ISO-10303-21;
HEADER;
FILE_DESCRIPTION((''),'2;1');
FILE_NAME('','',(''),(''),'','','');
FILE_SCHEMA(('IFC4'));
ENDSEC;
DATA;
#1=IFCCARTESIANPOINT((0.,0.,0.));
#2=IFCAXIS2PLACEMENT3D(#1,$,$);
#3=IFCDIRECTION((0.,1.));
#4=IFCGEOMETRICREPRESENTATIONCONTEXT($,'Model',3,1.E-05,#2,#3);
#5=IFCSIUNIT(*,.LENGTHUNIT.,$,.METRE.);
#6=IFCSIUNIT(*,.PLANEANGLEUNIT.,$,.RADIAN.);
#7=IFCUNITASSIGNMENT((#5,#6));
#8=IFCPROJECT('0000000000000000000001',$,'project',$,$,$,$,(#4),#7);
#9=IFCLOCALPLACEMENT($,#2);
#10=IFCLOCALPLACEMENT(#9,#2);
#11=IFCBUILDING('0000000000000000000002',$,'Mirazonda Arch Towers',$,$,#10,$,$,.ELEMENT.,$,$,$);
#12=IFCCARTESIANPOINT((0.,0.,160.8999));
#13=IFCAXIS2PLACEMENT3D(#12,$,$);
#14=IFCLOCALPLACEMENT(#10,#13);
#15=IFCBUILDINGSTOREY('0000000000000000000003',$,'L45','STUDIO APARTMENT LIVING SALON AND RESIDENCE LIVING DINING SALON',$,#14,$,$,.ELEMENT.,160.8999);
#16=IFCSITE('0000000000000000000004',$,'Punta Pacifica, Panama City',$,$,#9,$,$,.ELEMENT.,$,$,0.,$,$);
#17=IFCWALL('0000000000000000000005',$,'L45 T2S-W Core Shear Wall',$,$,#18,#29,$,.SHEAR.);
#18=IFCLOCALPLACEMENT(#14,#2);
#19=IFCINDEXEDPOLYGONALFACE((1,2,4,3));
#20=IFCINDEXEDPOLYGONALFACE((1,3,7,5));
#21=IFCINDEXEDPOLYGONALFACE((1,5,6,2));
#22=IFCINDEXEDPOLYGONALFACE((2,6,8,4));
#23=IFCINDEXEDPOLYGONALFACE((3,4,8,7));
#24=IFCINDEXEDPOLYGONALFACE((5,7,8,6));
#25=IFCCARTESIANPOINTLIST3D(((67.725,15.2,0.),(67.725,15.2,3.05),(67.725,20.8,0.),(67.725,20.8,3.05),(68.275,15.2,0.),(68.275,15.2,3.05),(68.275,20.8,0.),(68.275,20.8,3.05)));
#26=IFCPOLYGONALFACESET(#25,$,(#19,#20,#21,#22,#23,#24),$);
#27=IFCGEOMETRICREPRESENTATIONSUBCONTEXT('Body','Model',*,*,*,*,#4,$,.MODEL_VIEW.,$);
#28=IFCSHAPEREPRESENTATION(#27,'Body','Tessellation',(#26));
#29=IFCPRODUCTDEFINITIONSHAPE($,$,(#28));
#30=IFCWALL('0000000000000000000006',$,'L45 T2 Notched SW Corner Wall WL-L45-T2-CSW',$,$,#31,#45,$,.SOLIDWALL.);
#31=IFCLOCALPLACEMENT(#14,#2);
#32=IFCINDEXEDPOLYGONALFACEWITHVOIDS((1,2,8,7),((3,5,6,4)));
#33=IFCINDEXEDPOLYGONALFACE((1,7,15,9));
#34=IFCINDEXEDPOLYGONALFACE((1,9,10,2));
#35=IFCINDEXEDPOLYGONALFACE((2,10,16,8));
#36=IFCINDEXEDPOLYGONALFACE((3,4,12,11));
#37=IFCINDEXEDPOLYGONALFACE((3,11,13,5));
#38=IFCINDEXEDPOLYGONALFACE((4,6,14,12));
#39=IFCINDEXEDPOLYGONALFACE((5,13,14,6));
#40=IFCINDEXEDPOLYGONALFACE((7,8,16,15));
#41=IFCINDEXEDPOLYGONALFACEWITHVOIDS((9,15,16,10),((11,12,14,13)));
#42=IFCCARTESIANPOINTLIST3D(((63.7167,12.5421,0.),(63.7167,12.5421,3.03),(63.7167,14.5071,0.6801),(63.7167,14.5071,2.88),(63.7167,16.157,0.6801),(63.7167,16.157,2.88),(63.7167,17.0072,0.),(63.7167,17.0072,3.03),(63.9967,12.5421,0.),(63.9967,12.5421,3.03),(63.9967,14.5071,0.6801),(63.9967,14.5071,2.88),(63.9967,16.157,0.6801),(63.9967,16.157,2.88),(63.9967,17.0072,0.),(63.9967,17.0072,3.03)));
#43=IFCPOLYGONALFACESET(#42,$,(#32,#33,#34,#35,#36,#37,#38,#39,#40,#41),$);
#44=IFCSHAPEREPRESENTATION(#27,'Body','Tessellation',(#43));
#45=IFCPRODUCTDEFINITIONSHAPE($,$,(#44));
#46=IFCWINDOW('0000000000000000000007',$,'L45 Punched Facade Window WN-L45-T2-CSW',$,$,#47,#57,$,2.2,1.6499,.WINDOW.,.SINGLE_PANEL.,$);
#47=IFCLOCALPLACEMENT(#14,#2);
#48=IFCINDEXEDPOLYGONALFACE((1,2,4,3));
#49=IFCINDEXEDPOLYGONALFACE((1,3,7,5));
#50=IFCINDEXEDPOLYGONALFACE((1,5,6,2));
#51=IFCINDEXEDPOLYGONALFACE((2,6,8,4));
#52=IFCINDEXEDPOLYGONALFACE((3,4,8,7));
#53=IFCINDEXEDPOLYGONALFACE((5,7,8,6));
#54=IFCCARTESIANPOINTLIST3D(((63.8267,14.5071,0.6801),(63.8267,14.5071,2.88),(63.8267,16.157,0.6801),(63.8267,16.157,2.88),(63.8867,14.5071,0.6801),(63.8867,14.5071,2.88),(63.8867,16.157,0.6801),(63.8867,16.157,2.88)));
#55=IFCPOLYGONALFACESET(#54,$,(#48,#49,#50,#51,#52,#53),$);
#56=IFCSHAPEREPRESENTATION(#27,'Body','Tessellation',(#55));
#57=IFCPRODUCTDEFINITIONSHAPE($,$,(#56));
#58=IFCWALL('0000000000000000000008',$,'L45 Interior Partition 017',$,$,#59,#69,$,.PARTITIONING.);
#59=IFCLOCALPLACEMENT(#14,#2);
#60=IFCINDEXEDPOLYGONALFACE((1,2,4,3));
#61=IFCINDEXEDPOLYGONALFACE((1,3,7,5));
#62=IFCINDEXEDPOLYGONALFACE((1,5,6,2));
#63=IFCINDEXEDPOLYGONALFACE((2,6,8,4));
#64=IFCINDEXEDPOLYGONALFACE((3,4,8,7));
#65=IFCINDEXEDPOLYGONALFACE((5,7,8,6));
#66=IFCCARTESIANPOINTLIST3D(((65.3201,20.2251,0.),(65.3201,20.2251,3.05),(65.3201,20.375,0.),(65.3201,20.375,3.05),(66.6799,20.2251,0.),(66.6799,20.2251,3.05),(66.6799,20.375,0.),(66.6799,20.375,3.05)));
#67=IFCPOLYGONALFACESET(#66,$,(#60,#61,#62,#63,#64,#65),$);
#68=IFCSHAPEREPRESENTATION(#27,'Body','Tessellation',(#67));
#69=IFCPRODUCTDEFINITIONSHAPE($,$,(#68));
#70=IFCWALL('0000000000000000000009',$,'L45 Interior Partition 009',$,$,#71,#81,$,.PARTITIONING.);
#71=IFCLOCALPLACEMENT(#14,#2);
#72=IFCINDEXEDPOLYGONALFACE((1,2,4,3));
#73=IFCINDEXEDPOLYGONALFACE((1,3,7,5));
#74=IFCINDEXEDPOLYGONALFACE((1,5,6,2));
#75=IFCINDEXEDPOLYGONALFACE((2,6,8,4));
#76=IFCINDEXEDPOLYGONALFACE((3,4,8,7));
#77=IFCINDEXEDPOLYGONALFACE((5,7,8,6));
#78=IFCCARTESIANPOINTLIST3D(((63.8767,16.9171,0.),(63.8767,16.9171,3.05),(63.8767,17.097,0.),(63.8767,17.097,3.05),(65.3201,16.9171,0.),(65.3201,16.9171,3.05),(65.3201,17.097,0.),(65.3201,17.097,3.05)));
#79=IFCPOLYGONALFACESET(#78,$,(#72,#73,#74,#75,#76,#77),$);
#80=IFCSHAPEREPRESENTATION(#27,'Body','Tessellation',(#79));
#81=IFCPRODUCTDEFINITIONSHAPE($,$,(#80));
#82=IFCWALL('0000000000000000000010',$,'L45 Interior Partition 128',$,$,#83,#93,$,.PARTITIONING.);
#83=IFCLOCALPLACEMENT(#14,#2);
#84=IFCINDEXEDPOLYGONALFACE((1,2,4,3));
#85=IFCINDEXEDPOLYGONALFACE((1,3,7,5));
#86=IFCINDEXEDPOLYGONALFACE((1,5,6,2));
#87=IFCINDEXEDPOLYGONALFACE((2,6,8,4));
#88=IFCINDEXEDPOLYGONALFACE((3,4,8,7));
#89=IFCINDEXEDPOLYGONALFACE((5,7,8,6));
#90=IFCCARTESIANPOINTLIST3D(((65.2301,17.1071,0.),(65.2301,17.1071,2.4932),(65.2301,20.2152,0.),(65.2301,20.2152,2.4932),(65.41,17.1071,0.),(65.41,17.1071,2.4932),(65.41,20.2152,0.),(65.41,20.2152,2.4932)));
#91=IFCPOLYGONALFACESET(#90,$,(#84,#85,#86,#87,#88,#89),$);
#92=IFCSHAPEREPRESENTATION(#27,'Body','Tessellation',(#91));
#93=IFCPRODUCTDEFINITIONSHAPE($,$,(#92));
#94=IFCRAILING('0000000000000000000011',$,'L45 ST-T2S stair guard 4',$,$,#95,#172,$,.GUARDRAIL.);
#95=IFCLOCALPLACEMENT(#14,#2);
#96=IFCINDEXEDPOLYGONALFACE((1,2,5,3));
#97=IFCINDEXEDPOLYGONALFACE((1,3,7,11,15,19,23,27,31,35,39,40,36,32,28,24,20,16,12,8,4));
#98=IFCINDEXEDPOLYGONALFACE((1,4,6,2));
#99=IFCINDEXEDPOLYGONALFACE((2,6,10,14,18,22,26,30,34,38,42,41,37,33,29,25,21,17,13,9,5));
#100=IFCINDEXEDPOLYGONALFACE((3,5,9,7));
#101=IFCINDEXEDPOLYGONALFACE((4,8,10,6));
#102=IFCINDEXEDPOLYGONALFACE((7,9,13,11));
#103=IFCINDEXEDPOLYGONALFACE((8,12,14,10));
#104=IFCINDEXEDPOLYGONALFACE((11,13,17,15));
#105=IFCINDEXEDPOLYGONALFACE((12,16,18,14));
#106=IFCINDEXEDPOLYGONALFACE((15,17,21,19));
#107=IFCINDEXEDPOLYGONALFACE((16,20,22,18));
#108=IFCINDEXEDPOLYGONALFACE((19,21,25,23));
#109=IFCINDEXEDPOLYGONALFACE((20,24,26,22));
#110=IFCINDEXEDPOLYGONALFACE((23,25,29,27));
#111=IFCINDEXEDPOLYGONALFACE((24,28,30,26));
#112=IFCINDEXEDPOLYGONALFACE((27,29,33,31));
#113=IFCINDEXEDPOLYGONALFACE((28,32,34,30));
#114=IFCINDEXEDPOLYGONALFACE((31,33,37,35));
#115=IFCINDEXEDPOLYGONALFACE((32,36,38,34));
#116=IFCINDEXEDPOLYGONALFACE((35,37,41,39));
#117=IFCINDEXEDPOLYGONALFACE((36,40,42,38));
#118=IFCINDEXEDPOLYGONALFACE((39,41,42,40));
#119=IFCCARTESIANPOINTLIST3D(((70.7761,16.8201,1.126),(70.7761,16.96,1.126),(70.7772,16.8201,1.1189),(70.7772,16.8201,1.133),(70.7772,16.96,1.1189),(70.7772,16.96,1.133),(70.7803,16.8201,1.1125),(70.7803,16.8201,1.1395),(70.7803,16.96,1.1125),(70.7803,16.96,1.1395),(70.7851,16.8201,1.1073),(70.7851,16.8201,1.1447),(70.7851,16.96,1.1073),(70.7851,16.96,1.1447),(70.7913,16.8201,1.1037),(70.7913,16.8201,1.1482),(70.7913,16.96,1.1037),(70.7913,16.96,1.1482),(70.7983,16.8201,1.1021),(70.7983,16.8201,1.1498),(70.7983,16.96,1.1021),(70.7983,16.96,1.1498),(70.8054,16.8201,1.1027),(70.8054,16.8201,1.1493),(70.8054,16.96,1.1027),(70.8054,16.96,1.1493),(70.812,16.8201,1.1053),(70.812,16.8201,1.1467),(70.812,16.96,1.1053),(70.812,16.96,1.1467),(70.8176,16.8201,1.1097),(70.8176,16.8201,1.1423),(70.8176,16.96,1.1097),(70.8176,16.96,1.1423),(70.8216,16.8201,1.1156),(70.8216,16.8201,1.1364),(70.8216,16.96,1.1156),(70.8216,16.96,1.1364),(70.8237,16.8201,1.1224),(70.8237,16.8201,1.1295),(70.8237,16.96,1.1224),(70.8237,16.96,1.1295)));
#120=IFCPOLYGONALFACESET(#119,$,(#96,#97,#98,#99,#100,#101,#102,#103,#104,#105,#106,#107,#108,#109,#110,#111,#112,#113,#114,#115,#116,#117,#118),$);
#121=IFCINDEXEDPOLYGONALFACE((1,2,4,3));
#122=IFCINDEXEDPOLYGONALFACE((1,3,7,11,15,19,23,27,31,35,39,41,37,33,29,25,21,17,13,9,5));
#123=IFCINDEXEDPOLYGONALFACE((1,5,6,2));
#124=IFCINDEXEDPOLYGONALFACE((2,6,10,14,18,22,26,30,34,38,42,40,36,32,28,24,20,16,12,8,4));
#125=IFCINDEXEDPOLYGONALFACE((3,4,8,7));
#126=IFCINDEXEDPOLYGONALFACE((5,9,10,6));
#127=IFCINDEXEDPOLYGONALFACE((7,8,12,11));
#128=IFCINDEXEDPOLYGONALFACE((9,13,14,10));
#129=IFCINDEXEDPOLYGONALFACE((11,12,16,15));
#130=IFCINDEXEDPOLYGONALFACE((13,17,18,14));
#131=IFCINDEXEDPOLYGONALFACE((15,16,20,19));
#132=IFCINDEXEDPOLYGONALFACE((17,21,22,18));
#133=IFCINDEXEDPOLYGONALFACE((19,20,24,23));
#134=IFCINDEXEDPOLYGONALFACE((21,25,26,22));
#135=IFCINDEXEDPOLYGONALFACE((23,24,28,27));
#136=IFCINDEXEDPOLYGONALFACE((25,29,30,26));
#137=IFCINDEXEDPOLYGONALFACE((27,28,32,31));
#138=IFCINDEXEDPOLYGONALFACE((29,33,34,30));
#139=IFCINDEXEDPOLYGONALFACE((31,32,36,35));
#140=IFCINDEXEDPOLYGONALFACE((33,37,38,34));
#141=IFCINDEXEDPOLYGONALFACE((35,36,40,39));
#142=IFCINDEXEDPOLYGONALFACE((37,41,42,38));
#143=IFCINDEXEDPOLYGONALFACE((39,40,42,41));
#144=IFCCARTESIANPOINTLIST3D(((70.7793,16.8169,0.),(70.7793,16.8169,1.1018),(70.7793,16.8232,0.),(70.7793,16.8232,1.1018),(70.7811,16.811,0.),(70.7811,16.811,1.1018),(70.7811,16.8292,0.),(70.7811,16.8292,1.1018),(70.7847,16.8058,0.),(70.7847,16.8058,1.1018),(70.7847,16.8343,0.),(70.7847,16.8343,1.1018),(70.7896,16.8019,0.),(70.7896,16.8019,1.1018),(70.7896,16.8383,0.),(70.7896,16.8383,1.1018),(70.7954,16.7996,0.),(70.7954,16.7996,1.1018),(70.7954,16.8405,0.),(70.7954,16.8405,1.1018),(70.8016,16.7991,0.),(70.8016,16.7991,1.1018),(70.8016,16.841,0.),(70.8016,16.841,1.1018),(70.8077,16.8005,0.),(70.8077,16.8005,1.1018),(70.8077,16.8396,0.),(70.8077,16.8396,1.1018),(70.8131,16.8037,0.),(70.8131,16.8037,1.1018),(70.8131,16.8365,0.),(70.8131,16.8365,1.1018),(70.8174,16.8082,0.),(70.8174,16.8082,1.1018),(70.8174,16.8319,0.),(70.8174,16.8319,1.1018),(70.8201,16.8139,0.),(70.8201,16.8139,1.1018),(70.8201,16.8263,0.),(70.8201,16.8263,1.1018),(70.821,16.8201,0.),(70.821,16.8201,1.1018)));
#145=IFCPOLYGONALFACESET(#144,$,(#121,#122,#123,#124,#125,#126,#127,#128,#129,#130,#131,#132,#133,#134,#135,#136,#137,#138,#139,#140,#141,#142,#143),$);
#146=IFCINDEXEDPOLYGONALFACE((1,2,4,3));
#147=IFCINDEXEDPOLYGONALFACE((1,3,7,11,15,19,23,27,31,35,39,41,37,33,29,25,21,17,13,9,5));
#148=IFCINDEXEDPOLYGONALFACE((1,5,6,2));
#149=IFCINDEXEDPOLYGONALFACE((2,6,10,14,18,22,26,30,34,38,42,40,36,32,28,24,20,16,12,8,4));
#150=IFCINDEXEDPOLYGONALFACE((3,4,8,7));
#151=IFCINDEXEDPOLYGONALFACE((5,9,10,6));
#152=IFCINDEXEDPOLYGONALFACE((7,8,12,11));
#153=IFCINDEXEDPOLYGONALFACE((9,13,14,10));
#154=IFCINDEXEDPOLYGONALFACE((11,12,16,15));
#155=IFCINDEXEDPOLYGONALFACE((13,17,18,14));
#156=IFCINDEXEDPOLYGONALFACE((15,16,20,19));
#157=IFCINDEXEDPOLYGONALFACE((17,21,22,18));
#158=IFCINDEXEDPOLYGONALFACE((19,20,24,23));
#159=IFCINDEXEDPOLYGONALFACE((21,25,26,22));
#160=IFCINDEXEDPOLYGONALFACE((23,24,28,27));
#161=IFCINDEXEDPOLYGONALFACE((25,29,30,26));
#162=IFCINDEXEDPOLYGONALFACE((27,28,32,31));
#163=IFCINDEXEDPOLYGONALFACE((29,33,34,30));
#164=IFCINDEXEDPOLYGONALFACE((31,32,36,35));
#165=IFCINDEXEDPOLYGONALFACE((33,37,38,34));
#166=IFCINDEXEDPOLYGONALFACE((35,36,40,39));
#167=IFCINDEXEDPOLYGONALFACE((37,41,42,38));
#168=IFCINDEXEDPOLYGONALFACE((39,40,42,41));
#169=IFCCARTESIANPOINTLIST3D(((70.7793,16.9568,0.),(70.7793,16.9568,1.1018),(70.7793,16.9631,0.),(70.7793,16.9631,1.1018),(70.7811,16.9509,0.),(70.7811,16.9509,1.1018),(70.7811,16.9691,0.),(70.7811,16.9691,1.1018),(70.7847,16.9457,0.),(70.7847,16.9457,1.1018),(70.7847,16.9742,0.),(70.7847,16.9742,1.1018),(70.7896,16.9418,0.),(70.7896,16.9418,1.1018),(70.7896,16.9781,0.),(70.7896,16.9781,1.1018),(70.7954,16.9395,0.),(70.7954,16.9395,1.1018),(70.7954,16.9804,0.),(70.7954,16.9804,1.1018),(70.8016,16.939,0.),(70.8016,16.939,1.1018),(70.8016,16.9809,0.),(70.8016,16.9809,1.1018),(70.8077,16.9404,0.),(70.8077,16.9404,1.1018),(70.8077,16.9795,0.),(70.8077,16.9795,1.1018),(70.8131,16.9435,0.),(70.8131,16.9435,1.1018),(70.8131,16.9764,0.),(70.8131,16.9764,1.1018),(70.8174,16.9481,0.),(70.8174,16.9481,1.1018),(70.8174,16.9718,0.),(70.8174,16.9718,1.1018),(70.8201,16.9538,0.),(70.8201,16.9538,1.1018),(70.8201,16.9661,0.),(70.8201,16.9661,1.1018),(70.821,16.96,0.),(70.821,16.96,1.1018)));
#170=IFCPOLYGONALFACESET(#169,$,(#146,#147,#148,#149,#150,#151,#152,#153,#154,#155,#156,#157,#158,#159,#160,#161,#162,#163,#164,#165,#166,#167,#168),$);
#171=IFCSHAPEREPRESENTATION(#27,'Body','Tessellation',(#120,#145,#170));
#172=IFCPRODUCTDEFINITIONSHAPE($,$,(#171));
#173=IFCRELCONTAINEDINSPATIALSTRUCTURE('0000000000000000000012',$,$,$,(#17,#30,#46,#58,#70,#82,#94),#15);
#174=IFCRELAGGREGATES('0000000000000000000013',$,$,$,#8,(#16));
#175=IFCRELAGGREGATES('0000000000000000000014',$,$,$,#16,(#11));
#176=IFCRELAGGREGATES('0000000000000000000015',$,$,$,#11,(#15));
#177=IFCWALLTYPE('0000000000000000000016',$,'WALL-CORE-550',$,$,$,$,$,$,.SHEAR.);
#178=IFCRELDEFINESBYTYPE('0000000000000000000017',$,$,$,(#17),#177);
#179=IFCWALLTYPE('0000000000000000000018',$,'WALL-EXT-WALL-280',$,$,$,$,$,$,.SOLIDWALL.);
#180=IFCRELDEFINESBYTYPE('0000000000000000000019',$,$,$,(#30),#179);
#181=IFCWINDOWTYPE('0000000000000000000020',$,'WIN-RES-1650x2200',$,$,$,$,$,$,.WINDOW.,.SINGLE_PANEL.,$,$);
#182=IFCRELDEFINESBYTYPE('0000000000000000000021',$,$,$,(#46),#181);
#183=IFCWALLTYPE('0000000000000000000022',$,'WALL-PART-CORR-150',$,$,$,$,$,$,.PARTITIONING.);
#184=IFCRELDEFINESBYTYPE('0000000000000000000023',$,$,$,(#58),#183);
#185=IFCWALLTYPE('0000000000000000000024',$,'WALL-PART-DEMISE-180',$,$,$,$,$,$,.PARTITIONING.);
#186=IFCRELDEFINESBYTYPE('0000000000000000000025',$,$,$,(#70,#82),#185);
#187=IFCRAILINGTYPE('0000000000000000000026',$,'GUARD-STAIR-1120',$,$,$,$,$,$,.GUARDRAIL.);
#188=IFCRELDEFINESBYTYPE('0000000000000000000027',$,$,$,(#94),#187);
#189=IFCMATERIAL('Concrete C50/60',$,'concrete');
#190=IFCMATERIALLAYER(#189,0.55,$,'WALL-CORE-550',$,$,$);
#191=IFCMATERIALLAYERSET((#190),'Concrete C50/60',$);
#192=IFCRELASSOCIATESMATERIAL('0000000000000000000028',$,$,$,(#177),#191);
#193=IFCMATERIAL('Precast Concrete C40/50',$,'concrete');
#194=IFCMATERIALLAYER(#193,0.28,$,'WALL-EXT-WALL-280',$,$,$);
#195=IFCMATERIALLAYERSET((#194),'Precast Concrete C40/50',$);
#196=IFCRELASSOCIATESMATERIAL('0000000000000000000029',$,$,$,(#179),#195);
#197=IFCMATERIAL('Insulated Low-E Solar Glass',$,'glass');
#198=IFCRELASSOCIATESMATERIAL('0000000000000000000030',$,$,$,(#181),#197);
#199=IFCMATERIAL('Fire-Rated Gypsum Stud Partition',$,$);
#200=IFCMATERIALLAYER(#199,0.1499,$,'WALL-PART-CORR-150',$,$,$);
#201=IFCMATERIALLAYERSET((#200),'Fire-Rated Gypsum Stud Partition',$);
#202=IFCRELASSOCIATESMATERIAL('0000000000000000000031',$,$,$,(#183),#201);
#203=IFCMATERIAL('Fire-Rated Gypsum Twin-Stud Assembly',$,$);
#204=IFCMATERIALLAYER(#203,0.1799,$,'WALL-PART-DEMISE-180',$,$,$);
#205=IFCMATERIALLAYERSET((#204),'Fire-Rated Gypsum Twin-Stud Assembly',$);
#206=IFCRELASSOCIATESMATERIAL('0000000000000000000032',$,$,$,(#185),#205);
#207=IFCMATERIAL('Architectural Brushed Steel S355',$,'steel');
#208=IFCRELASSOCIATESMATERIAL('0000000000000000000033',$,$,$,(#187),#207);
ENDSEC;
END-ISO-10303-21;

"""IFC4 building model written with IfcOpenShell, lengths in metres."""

from ifc_helpers import new_model, si_unit, direction, frame, frame_2d, origin, origin_2d, place, context, subcontext, project, spatial, rectangle, circle, extrude, material, layer, layer_set, type_object, element, fill, save


model = new_model("IFC4")

# Units and contexts
model_context = context("Model", 3, precision=1e-05, world=origin(), true_north=direction((0.0, 1.0)))
body_context = subcontext(model_context, "Body", "Model", "MODEL_VIEW")
ifc_project = project(units=[si_unit("LENGTHUNIT", "METRE"), si_unit("PLANEANGLEUNIT", "RADIAN")], contexts=[model_context])

# Site, building, storey
site_placement = place(None, origin())
site = spatial("IfcSite", under=ifc_project, at=site_placement, Name="Punta Pacifica, Panama City", CompositionType="ELEMENT", RefElevation=0.0)
building_placement = place(site_placement, origin())
building = spatial("IfcBuilding", under=site, at=building_placement, Name="Mirazonda Arch Towers", CompositionType="ELEMENT")
storey_placement = place(building_placement, frame((0.0, 0.0, 160.8999)))
storey = spatial("IfcBuildingStorey", under=building, at=storey_placement, Name="L45", Description="STUDIO APARTMENT LIVING SALON AND RESIDENCE LIVING DINING SALON", CompositionType="ELEMENT", Elevation=160.8999)

# Shared definitions
ifc_material_1 = material(Name="Concrete C50/60", Category="concrete")

# Shared definitions
ifc_material_2 = material(Name="Insulated Low-E Solar Glass", Category="glass")

# Shared definitions
ifc_material_3 = material(Name="Architectural Brushed Steel S355", Category="steel")

# Wall
ifc_layer_1 = layer(ifc_material_1, 0.55, Name="WALL-CORE-550")
ifc_layer_set_1 = layer_set([ifc_layer_1], Name="Concrete C50/60")
wall_type_1 = type_object("IfcWallType", Name="WALL-CORE-550", PredefinedType="SHEAR", material=ifc_layer_set_1)
wall_1_placement = place(storey_placement, frame((68.0, 15.2, 0.0), z_axis=(0.0, 0.0, 1.0), x_axis=(0.0, 1.0, 0.0)))
element("IfcWall", 1, at=wall_1_placement, inside=storey, type_object=wall_type_1, Name="L45 T2S-W Core Shear Wall", PredefinedType="SHEAR", context=body_context, shape_type="SweptSolid", body=[
    extrude(rectangle(XDim=5.6001, YDim=0.55, at=frame_2d((2.8, 0.0))), origin(), (0.0, 0.0, 1.0), 3.05),
])

# Wall, opening, window
ifc_material_4 = material(Name="Precast Concrete C40/50", Category="concrete")
ifc_layer_2 = layer(ifc_material_4, 0.28, Name="WALL-EXT-WALL-280")
ifc_layer_set_2 = layer_set([ifc_layer_2], Name="Precast Concrete C40/50")
wall_type_2 = type_object("IfcWallType", Name="WALL-EXT-WALL-280", PredefinedType="SOLIDWALL", material=ifc_layer_set_2)
wall_2_placement = place(storey_placement, frame((63.8567, 17.0071, 0.0), z_axis=(0.0, 0.0, 1.0), x_axis=(0.0, -1.0, 0.0)))
wall_2 = element("IfcWall", 2, at=wall_2_placement, inside=storey, type_object=wall_type_2, Name="L45 T2 Notched SW Corner Wall WL-L45-T2-CSW", PredefinedType="SOLIDWALL", context=body_context, shape_type="SweptSolid", body=[
    extrude(rectangle(XDim=4.4651, YDim=0.28, at=frame_2d((2.2324, 0.0))), origin(), (0.0, 0.0, 1.0), 3.03),
])
opening_1_placement = place(wall_2_placement, frame((0.8501, 0.0, 0.6799)))
opening_1 = element("IfcOpeningElement", 3, at=opening_1_placement, cuts=wall_2, PredefinedType="OPENING", context=body_context, shape_type="SweptSolid", body=[
    extrude(rectangle(XDim=1.6499, YDim=2.2, at=frame_2d((0.825, 1.1001))), frame((0.0, 0.1499, 0.0), z_axis=(0.0, -1.0, 0.0), x_axis=(1.0, 0.0, 0.0)), (0.0, 0.0, 1.0), 0.3),
])
window_type = type_object("IfcWindowType", Name="WIN-RES-1650x2200", PartitioningType="SINGLE_PANEL", PredefinedType="WINDOW", material=ifc_material_2)
window_placement = place(opening_1_placement, origin())
window = element("IfcWindow", 4, at=window_placement, inside=storey, type_object=window_type, Name="L45 Punched Facade Window WN-L45-T2-CSW", OverallHeight=2.2, OverallWidth=1.6499, PartitioningType="SINGLE_PANEL", PredefinedType="WINDOW", context=body_context, shape_type="SweptSolid", body=[
    extrude(rectangle(XDim=1.6499, YDim=2.2, at=frame_2d((0.825, 1.1001))), frame((0.0, 0.03, 0.0), z_axis=(0.0, -1.0, 0.0), x_axis=(1.0, 0.0, 0.0)), (0.0, 0.0, 1.0), 0.0601),
])
fill(opening_1, window)

# Walls
ifc_material_5 = material(Name="Fire-Rated Gypsum Stud Partition")
ifc_layer_3 = layer(ifc_material_5, 0.1499, Name="WALL-PART-CORR-150")
ifc_layer_set_3 = layer_set([ifc_layer_3], Name="Fire-Rated Gypsum Stud Partition")
wall_type_3 = type_object("IfcWallType", Name="WALL-PART-CORR-150", PredefinedType="PARTITIONING", material=ifc_layer_set_3)
wall_3_placement = place(storey_placement, frame((65.3201, 20.3, 0.0), z_axis=(0.0, 0.0, 1.0), x_axis=(1.0, 0.0, 0.0)))
element("IfcWall", 5, at=wall_3_placement, inside=storey, type_object=wall_type_3, Name="L45 Interior Partition 017", PredefinedType="PARTITIONING", context=body_context, shape_type="SweptSolid", body=[
    extrude(rectangle(XDim=1.3599, YDim=0.1499, at=frame_2d((0.6799, 0.0))), origin(), (0.0, 0.0, 1.0), 3.05),
])
ifc_material_6 = material(Name="Fire-Rated Gypsum Twin-Stud Assembly")
ifc_layer_4 = layer(ifc_material_6, 0.1799, Name="WALL-PART-DEMISE-180")
ifc_layer_set_4 = layer_set([ifc_layer_4], Name="Fire-Rated Gypsum Twin-Stud Assembly")
wall_type_4 = type_object("IfcWallType", Name="WALL-PART-DEMISE-180", PredefinedType="PARTITIONING", material=ifc_layer_set_4)
wall_4_placement = place(storey_placement, frame((63.8767, 17.0071, 0.0), z_axis=(0.0, 0.0, 1.0), x_axis=(1.0, 0.0, 0.0)))
element("IfcWall", 6, at=wall_4_placement, inside=storey, type_object=wall_type_4, Name="L45 Interior Partition 009", PredefinedType="PARTITIONING", context=body_context, shape_type="SweptSolid", body=[
    extrude(rectangle(XDim=1.4434, YDim=0.1799, at=frame_2d((0.7217, 0.0))), origin(), (0.0, 0.0, 1.0), 3.05),
])
wall_5_placement = place(storey_placement, frame((65.3201, 17.1069, 0.0), z_axis=(0.0, 0.0, 1.0), x_axis=(0.0, 1.0, 0.0)))
element("IfcWall", 7, at=wall_5_placement, inside=storey, type_object=wall_type_4, Name="L45 Interior Partition 128", PredefinedType="PARTITIONING", context=body_context, shape_type="SweptSolid", body=[
    extrude(rectangle(XDim=3.1082, YDim=0.1799, at=frame_2d((1.5542, 0.0))), origin(), (0.0, 0.0, 1.0), 2.4932),
])

# Railing
railing_type = type_object("IfcRailingType", Name="GUARD-STAIR-1120", PredefinedType="GUARDRAIL", material=ifc_material_3)
railing_placement = place(storey_placement, frame((70.8, 16.8201, 0.0)))
element("IfcRailing", 8, at=railing_placement, inside=storey, type_object=railing_type, Name="L45 ST-T2S stair guard 4", PredefinedType="GUARDRAIL", context=body_context, shape_type="SweptSolid", body=[
    extrude(circle(Radius=0.0239, at=origin_2d()), frame((0.0, 0.0, 1.126), z_axis=(0.0, 1.0, 0.0), x_axis=(-1.0, 0.0, 0.0)), (0.0, 0.0, 1.0), 0.1399),
    extrude(circle(Radius=0.021, at=origin_2d()), origin(), (0.0, 0.0, 1.0), 1.1018),
    extrude(circle(Radius=0.021, at=origin_2d()), frame((0.0, 0.1399, 0.0)), (0.0, 0.0, 1.0), 1.1018),
])

save(model, "model.ifc")
